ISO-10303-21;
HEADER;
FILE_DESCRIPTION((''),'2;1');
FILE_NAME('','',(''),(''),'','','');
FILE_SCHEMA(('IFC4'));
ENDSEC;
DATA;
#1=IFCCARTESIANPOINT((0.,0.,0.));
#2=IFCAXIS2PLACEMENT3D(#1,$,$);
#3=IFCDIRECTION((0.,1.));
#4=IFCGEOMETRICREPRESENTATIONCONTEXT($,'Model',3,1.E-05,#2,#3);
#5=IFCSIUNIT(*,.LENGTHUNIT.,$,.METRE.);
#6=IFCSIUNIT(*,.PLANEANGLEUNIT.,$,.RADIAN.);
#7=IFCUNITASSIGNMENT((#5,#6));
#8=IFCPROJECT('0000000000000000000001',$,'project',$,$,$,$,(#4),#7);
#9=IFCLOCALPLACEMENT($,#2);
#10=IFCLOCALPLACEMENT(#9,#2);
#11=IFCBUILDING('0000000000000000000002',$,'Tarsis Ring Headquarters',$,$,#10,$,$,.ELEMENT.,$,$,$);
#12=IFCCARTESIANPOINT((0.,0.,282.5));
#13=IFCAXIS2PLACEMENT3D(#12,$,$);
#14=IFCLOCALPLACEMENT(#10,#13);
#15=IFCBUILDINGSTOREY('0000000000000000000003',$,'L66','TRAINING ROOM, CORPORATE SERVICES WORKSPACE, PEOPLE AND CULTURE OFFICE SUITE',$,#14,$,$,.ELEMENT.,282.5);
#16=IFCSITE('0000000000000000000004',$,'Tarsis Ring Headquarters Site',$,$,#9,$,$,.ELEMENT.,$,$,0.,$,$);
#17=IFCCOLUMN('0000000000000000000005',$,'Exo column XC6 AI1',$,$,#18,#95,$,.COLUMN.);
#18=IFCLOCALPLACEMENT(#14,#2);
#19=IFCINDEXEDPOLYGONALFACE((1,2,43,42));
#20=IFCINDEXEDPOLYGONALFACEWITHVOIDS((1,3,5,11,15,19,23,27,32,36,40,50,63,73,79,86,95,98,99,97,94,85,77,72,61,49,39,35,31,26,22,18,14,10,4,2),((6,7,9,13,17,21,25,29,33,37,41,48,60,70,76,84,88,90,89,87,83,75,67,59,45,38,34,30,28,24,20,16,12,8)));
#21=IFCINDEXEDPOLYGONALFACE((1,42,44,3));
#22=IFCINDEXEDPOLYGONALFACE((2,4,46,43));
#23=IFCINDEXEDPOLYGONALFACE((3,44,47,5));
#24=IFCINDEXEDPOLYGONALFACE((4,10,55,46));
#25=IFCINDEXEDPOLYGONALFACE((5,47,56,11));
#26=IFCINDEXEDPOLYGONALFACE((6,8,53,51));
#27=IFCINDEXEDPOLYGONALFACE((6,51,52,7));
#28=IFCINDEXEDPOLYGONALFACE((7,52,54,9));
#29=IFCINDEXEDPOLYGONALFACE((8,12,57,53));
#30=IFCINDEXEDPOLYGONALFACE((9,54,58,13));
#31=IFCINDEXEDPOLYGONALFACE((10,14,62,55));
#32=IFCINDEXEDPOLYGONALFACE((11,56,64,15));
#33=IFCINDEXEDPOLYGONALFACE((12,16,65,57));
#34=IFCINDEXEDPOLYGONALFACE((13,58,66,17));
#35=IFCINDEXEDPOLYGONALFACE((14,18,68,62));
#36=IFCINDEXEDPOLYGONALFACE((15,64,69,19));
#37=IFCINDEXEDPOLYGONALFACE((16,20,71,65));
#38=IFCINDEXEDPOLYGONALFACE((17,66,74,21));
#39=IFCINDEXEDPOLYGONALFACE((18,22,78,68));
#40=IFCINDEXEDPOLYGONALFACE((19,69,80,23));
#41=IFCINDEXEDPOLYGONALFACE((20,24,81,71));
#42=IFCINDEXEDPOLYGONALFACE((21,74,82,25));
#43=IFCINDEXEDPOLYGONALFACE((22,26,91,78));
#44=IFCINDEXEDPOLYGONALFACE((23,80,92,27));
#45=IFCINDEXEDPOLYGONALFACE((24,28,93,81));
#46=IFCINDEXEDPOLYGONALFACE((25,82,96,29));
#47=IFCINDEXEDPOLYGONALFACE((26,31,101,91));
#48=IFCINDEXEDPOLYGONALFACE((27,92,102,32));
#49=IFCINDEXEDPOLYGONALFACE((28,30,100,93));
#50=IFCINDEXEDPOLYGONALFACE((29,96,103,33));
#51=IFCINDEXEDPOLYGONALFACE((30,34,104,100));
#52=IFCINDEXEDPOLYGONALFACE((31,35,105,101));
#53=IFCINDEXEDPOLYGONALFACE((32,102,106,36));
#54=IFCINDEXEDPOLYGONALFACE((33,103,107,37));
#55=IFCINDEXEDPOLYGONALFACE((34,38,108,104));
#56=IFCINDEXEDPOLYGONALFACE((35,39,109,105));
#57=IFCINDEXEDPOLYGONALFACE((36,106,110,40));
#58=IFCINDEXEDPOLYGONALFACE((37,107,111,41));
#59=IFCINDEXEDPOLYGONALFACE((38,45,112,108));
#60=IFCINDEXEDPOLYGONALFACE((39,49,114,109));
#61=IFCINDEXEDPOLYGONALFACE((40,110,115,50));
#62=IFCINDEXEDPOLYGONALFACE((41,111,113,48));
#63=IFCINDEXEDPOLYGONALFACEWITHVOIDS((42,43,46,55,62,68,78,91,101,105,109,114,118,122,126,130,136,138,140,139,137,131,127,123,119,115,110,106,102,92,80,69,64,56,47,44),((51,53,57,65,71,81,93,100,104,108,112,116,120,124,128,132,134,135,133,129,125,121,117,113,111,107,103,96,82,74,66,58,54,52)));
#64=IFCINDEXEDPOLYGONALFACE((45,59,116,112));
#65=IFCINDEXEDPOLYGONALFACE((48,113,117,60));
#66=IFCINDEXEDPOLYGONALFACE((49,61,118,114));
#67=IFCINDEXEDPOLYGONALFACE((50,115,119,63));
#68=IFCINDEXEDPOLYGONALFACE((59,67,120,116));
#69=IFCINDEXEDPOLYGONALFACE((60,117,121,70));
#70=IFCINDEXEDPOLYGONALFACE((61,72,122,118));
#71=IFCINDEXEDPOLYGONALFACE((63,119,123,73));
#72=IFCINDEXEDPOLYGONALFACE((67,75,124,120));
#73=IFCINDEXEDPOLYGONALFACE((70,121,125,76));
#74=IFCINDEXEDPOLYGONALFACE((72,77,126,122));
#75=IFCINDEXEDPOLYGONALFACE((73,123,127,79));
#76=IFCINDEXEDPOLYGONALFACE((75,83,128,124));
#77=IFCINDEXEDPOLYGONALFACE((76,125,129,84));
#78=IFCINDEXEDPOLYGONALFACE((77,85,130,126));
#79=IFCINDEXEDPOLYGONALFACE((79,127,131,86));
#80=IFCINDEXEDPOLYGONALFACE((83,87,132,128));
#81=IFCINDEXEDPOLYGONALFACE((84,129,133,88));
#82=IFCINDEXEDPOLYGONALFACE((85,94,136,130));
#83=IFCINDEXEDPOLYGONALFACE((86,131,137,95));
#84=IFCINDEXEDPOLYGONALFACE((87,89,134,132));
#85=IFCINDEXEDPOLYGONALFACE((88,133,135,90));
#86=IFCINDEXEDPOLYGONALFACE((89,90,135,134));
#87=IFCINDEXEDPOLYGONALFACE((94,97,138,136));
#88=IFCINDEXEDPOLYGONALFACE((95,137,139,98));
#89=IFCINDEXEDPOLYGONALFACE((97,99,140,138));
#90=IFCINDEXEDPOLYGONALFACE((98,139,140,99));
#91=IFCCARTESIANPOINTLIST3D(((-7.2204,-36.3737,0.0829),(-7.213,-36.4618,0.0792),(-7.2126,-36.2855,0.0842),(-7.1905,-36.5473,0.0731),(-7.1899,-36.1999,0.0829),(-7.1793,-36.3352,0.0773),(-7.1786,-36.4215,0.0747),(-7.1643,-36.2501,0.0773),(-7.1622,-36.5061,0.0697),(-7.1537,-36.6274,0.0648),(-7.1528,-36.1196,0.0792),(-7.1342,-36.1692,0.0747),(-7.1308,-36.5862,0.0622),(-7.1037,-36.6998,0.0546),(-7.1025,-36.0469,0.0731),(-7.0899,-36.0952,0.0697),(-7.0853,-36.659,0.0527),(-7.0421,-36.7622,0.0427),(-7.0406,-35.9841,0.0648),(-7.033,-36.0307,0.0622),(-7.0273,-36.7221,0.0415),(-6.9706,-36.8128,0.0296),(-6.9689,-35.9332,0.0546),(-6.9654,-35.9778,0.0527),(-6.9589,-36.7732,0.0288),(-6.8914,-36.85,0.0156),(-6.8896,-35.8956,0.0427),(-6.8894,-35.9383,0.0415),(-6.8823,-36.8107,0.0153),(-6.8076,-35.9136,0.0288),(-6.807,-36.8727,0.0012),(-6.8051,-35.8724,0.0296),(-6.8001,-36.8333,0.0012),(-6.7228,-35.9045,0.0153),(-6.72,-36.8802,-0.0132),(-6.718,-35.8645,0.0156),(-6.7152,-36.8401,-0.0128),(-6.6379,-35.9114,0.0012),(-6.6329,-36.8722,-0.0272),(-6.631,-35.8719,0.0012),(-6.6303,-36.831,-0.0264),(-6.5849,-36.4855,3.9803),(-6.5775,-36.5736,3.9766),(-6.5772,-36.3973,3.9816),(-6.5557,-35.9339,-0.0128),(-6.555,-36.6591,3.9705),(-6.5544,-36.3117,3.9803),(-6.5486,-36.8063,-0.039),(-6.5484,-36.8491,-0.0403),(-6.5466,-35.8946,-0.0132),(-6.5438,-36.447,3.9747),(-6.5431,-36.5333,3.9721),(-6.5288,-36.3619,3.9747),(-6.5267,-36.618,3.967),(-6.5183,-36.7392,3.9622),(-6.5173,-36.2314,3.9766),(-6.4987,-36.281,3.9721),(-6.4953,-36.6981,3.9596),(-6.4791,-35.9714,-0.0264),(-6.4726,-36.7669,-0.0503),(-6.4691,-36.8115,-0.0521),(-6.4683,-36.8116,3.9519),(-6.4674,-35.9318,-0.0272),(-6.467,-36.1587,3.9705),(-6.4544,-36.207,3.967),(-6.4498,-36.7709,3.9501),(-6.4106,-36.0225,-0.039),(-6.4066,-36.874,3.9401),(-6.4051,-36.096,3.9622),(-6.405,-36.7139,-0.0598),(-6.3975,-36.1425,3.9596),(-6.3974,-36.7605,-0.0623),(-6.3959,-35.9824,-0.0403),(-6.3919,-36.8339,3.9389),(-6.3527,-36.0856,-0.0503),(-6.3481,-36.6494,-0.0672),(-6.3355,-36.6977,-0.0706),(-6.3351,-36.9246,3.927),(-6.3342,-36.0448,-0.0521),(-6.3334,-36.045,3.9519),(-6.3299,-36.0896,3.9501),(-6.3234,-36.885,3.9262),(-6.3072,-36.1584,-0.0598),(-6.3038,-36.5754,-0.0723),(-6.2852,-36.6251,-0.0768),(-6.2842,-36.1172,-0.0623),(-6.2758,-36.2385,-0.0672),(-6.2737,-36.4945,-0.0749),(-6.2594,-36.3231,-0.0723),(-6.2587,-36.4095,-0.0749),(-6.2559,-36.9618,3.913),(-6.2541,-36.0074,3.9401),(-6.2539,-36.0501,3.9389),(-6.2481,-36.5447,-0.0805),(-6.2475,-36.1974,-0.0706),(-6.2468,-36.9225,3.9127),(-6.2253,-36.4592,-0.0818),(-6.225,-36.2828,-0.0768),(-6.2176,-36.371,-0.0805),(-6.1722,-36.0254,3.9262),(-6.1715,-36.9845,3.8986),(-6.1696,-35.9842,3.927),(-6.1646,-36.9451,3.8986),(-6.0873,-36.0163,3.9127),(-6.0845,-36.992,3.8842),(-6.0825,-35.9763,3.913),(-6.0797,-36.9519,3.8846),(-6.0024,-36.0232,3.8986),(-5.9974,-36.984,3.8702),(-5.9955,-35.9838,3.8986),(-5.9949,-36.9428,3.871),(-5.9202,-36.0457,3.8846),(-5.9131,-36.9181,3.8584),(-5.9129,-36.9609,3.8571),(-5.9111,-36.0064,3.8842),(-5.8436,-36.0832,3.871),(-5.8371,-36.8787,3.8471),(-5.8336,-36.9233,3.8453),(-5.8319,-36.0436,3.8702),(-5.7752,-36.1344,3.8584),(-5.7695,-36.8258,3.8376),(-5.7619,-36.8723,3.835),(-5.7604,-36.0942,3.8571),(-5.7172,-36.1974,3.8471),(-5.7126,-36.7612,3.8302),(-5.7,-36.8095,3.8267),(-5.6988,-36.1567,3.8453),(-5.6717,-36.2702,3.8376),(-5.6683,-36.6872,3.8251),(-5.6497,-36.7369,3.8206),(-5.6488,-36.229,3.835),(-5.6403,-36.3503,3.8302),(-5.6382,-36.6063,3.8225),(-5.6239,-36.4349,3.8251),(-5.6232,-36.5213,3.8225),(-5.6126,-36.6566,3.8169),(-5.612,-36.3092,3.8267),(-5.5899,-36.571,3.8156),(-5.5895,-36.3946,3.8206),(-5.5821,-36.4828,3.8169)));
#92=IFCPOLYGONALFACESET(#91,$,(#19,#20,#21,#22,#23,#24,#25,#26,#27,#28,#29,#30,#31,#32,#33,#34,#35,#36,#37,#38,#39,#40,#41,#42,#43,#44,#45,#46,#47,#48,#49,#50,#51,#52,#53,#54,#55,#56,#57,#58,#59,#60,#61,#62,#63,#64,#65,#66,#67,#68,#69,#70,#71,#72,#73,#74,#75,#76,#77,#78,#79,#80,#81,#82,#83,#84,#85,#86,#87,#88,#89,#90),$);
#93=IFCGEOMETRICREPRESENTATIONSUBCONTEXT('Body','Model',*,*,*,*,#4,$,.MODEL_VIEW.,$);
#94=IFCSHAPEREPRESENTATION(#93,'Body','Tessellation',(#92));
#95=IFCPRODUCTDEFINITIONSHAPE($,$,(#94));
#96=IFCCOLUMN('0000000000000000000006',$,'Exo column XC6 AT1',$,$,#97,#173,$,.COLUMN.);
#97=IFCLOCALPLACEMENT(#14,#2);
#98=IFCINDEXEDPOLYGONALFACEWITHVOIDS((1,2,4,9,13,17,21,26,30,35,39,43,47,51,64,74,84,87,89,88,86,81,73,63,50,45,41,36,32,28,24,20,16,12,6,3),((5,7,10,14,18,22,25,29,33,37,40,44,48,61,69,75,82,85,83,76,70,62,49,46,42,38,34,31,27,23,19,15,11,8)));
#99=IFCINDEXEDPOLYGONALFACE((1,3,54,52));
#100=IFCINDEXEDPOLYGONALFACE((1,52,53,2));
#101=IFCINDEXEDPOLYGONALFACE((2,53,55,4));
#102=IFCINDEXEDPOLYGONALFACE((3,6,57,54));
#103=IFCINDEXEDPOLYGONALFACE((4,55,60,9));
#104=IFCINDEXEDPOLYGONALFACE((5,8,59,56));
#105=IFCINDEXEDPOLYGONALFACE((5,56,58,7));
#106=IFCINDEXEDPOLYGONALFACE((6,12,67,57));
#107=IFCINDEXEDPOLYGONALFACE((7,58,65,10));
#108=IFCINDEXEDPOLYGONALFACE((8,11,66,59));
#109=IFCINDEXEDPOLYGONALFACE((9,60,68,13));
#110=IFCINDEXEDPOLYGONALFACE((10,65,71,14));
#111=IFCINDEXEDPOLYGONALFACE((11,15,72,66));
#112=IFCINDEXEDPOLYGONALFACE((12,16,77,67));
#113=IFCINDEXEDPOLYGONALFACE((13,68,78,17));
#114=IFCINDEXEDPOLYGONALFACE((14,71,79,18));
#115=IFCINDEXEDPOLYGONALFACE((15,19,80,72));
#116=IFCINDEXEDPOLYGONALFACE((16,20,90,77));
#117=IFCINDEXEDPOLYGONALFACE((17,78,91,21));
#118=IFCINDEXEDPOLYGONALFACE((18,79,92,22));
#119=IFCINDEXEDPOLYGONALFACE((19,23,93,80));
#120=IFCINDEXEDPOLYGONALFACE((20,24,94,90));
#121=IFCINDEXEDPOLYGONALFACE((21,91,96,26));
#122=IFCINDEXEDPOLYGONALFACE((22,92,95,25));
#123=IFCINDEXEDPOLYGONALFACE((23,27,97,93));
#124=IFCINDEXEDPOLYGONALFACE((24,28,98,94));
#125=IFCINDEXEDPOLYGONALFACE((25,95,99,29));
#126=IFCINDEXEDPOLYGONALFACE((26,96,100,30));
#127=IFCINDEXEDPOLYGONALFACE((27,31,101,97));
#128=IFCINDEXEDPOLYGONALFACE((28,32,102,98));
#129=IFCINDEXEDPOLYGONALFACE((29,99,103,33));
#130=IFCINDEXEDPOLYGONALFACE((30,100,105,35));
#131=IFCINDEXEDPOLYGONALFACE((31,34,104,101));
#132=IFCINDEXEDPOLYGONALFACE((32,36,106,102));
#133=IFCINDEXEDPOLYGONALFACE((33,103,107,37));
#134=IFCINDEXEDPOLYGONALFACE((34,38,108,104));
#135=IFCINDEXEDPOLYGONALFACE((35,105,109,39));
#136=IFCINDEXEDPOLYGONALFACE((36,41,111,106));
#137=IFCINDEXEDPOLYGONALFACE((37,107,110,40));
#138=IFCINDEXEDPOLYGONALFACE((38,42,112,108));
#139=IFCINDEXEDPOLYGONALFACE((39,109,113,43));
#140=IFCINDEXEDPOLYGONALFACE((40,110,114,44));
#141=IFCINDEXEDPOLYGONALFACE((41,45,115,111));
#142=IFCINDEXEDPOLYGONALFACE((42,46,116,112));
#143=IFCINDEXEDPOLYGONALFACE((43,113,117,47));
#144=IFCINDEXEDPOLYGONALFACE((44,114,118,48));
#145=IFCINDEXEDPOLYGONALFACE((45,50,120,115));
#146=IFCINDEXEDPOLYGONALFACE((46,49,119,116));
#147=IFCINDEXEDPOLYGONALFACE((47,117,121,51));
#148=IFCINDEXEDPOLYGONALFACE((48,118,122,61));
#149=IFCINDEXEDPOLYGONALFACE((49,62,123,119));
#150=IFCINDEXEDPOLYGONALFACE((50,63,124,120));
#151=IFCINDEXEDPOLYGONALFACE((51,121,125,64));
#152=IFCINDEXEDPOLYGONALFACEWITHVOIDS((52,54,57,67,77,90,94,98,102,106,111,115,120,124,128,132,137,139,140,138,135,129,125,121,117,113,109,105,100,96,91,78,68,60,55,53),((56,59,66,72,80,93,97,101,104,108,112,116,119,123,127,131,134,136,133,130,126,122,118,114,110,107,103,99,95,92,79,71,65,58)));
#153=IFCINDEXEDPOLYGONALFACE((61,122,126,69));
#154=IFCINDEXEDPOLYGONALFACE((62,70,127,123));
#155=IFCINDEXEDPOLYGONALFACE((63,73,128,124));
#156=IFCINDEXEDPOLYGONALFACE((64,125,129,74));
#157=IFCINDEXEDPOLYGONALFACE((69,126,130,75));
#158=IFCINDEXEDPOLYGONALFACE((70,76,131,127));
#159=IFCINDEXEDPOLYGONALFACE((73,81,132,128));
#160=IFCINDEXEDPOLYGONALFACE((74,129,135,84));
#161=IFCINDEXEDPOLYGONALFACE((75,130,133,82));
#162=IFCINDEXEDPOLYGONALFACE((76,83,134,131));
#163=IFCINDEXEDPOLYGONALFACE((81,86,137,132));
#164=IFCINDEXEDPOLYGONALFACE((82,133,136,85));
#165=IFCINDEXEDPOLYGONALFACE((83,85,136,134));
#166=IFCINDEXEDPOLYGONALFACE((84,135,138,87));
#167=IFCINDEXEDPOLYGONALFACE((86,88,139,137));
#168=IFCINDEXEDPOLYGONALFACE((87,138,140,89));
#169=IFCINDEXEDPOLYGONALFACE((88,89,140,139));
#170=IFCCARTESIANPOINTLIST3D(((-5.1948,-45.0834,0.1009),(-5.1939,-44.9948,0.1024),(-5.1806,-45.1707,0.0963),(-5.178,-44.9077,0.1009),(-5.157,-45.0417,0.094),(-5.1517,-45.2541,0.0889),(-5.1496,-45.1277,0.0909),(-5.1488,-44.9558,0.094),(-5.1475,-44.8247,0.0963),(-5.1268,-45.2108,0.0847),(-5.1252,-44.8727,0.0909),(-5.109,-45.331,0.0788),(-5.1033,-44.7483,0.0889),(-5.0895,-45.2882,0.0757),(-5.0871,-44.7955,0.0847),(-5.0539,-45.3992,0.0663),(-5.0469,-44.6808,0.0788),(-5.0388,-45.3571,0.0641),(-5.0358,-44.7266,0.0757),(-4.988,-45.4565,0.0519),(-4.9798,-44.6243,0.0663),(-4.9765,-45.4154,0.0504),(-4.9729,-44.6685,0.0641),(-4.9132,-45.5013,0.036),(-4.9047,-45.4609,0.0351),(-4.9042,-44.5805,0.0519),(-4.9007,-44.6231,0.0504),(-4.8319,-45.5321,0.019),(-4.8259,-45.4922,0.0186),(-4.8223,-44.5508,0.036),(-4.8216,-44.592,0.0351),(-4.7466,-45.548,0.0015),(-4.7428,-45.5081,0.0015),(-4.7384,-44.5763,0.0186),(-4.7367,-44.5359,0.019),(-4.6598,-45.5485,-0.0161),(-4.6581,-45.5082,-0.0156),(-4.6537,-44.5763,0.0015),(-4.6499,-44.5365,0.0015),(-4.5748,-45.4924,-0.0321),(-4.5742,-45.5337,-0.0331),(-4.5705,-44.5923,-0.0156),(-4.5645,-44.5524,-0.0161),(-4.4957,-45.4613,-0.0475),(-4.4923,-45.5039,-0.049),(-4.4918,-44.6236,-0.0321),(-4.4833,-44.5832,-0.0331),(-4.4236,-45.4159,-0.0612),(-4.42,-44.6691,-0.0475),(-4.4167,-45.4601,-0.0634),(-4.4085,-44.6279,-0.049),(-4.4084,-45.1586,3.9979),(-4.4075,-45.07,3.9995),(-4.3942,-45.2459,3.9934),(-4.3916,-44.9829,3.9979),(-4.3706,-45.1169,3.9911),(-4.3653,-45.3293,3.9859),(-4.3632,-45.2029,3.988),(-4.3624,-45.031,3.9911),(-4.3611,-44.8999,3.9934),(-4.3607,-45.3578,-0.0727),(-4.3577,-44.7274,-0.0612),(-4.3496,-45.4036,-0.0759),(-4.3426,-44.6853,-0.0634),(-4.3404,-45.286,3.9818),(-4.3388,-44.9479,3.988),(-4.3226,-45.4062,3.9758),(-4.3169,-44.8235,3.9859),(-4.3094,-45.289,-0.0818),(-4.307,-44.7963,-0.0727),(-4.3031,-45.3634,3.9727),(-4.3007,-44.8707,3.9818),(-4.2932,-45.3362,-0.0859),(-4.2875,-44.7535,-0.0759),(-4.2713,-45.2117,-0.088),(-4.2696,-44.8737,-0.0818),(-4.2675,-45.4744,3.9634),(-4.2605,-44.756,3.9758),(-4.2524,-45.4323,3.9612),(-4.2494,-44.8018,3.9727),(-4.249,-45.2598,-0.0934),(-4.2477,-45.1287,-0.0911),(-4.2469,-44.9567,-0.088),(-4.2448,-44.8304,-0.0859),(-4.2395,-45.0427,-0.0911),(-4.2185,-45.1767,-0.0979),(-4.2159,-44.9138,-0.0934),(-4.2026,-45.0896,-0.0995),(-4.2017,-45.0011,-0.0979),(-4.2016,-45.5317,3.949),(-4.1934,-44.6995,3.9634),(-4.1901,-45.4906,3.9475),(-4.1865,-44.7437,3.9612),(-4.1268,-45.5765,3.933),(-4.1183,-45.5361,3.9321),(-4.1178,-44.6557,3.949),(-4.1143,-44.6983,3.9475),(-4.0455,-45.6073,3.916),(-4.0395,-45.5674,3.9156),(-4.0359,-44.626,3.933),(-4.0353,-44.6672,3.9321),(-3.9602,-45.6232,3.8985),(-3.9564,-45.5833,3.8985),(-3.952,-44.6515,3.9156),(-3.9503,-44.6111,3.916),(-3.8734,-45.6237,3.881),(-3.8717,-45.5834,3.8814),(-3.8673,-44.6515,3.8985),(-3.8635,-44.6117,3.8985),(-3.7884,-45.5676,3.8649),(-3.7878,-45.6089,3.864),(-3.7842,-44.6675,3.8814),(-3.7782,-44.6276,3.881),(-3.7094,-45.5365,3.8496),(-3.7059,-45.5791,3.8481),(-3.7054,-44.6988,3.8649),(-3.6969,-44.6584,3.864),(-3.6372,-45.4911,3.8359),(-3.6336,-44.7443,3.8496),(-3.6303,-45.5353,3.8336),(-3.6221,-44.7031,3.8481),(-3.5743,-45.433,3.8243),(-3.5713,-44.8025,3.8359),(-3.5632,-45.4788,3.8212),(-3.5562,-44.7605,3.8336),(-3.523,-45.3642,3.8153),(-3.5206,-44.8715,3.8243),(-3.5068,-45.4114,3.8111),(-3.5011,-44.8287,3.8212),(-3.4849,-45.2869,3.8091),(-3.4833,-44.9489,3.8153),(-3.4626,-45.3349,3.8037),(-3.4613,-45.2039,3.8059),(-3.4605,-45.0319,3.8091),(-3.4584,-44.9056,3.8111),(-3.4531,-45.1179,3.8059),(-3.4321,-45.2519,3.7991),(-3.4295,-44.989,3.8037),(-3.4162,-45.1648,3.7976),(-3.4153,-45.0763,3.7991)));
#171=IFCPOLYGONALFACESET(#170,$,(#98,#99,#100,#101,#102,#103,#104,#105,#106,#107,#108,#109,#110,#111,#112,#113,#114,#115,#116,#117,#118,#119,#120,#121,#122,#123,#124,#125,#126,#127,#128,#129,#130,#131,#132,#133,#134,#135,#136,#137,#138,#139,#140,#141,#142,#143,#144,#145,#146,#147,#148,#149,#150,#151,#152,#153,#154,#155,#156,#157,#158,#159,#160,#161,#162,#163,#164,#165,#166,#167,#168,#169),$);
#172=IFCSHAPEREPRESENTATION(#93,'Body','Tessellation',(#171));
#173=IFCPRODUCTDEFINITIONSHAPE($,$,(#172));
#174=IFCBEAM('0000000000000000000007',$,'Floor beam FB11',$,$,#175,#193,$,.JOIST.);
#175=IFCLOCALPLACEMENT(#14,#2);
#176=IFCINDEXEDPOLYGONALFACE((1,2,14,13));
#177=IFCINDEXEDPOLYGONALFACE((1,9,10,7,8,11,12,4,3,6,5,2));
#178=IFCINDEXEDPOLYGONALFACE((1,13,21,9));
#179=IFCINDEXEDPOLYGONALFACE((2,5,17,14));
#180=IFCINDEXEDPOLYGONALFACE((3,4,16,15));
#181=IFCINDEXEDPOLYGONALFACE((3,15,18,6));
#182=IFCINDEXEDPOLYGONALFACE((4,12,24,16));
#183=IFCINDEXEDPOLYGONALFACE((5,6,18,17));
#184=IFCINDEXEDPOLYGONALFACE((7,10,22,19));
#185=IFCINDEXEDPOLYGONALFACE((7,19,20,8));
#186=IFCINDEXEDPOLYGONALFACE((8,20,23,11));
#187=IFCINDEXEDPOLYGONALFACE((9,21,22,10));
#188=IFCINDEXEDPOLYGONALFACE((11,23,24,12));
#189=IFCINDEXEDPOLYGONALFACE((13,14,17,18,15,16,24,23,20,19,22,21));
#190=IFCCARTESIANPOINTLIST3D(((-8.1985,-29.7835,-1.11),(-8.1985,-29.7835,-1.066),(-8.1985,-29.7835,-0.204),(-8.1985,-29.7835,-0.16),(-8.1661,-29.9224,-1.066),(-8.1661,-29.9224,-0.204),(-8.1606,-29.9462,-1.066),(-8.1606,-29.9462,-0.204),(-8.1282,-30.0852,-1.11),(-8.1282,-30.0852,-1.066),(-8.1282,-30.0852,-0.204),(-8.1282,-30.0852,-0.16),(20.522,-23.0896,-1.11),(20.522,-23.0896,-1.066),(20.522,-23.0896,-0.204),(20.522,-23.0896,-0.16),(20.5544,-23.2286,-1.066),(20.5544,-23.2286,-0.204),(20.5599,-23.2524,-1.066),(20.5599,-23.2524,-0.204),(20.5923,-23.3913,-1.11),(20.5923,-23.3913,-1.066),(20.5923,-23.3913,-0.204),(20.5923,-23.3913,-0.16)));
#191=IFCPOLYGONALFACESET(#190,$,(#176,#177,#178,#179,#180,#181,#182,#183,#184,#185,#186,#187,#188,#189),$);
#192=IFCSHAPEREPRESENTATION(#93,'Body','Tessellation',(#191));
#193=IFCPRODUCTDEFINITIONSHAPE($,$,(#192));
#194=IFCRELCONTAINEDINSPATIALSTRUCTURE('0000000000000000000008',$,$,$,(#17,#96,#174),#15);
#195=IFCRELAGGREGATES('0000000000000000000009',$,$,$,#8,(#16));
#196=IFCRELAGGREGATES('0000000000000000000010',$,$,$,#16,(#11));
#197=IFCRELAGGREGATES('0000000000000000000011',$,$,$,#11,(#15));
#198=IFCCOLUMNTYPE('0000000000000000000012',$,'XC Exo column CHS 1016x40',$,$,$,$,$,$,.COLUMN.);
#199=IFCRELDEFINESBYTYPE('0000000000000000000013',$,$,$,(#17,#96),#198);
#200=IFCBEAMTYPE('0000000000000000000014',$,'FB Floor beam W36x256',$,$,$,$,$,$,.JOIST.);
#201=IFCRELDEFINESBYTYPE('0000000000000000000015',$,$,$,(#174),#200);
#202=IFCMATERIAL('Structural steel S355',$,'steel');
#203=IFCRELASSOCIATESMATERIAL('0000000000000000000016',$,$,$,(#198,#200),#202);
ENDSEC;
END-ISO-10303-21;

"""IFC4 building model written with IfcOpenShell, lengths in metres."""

from ifc_helpers import new_model, si_unit, direction, frame, origin, origin_2d, place, context, subcontext, project, spatial, hollow_circle, i_section, extrude, material, material_profile, profile_set, type_object, element, save


model = new_model("IFC4")

# Units and contexts
model_context = context("Model", 3, precision=1e-05, world=origin(), true_north=direction((0.0, 1.0)))
body_context = subcontext(model_context, "Body", "Model", "MODEL_VIEW")
ifc_project = project(units=[si_unit("LENGTHUNIT", "METRE"), si_unit("PLANEANGLEUNIT", "RADIAN")], contexts=[model_context])

# Site, building, storey
site_placement = place(None, origin())
site = spatial("IfcSite", under=ifc_project, at=site_placement, Name="Tarsis Ring Headquarters Site", CompositionType="ELEMENT", RefElevation=0.0)
building_placement = place(site_placement, origin())
building = spatial("IfcBuilding", under=site, at=building_placement, Name="Tarsis Ring Headquarters", CompositionType="ELEMENT")
storey_placement = place(building_placement, frame((0.0, 0.0, 282.5)))
storey = spatial("IfcBuildingStorey", under=building, at=storey_placement, Name="L66", Description="TRAINING ROOM, CORPORATE SERVICES WORKSPACE, PEOPLE AND CULTURE OFFICE SUITE", CompositionType="ELEMENT", Elevation=282.5)

# Columns
ifc_material_1 = material(Name="Structural steel S355", Category="steel")
ifc_material_profile_1 = material_profile(ifc_material_1, hollow_circle(Radius=0.5081, WallThickness=0.04, at=origin_2d()), Name="CHS 1016x40")
ifc_profile_set_1 = profile_set([ifc_material_profile_1], Name="Structural steel S355")
column_type = type_object("IfcColumnType", Name="XC Exo column CHS 1016x40", PredefinedType="COLUMN", material=ifc_profile_set_1)
column_1_placement = place(storey_placement, frame((-6.719, -36.3723, 0.0012), z_axis=(0.160865, -0.028304, 0.986571), x_axis=(0.173289, 0.984871, 0.0)))
element("IfcColumn", 1, at=column_1_placement, inside=storey, type_object=column_type, Name="Exo column XC6 AI1", PredefinedType="COLUMN", context=body_context, shape_type="SweptSolid", body=[
    extrude(hollow_circle(Radius=0.5081, WallThickness=0.04, at=origin_2d()), origin(), (0.0, 0.0, 1.0), 3.9504),
])
column_2_placement = place(storey_placement, frame((-4.6982, -45.0422, 0.0015), z_axis=(0.197769, -0.018911, 0.980066), x_axis=(0.095188, 0.995459, 0.0)))
element("IfcColumn", 2, at=column_2_placement, inside=storey, type_object=column_type, Name="Exo column XC6 AT1", PredefinedType="COLUMN", context=body_context, shape_type="SweptSolid", body=[
    extrude(hollow_circle(Radius=0.5081, WallThickness=0.04, at=origin_2d()), origin(), (0.0, 0.0, 1.0), 3.9763),
])

# Beam
ifc_material_profile_2 = material_profile(ifc_material_1, i_section(OverallWidth=0.3098, OverallDepth=0.95, WebThickness=0.0244, FlangeThickness=0.0439, at=origin_2d()), Name="W36x256")
ifc_profile_set_2 = profile_set([ifc_material_profile_2], Name="Structural steel S355")
beam_type_1 = type_object("IfcBeamType", Name="FB Floor beam W36x256", PredefinedType="JOIST", material=ifc_profile_set_2)
for number, where, z_axis, x_axis, name in (
    (3, (-8.1633, -29.9343, -0.635), (0.973898, 0.226985, 0.0), (-0.226985, 0.973898, 0.0), "Floor beam FB11"),
):
    element("IfcBeam", number, at=place(storey_placement, frame(where, z_axis=z_axis, x_axis=x_axis)), inside=storey, type_object=beam_type_1, Name=name, PredefinedType="JOIST", context=body_context, shape_type="SweptSolid", body=[
        extrude(i_section(OverallWidth=0.3098, OverallDepth=0.95, WebThickness=0.0244, FlangeThickness=0.0439, at=origin_2d()), origin(), (0.0, 0.0, 1.0), 29.4902),
    ])

save(model, "model.ifc")
